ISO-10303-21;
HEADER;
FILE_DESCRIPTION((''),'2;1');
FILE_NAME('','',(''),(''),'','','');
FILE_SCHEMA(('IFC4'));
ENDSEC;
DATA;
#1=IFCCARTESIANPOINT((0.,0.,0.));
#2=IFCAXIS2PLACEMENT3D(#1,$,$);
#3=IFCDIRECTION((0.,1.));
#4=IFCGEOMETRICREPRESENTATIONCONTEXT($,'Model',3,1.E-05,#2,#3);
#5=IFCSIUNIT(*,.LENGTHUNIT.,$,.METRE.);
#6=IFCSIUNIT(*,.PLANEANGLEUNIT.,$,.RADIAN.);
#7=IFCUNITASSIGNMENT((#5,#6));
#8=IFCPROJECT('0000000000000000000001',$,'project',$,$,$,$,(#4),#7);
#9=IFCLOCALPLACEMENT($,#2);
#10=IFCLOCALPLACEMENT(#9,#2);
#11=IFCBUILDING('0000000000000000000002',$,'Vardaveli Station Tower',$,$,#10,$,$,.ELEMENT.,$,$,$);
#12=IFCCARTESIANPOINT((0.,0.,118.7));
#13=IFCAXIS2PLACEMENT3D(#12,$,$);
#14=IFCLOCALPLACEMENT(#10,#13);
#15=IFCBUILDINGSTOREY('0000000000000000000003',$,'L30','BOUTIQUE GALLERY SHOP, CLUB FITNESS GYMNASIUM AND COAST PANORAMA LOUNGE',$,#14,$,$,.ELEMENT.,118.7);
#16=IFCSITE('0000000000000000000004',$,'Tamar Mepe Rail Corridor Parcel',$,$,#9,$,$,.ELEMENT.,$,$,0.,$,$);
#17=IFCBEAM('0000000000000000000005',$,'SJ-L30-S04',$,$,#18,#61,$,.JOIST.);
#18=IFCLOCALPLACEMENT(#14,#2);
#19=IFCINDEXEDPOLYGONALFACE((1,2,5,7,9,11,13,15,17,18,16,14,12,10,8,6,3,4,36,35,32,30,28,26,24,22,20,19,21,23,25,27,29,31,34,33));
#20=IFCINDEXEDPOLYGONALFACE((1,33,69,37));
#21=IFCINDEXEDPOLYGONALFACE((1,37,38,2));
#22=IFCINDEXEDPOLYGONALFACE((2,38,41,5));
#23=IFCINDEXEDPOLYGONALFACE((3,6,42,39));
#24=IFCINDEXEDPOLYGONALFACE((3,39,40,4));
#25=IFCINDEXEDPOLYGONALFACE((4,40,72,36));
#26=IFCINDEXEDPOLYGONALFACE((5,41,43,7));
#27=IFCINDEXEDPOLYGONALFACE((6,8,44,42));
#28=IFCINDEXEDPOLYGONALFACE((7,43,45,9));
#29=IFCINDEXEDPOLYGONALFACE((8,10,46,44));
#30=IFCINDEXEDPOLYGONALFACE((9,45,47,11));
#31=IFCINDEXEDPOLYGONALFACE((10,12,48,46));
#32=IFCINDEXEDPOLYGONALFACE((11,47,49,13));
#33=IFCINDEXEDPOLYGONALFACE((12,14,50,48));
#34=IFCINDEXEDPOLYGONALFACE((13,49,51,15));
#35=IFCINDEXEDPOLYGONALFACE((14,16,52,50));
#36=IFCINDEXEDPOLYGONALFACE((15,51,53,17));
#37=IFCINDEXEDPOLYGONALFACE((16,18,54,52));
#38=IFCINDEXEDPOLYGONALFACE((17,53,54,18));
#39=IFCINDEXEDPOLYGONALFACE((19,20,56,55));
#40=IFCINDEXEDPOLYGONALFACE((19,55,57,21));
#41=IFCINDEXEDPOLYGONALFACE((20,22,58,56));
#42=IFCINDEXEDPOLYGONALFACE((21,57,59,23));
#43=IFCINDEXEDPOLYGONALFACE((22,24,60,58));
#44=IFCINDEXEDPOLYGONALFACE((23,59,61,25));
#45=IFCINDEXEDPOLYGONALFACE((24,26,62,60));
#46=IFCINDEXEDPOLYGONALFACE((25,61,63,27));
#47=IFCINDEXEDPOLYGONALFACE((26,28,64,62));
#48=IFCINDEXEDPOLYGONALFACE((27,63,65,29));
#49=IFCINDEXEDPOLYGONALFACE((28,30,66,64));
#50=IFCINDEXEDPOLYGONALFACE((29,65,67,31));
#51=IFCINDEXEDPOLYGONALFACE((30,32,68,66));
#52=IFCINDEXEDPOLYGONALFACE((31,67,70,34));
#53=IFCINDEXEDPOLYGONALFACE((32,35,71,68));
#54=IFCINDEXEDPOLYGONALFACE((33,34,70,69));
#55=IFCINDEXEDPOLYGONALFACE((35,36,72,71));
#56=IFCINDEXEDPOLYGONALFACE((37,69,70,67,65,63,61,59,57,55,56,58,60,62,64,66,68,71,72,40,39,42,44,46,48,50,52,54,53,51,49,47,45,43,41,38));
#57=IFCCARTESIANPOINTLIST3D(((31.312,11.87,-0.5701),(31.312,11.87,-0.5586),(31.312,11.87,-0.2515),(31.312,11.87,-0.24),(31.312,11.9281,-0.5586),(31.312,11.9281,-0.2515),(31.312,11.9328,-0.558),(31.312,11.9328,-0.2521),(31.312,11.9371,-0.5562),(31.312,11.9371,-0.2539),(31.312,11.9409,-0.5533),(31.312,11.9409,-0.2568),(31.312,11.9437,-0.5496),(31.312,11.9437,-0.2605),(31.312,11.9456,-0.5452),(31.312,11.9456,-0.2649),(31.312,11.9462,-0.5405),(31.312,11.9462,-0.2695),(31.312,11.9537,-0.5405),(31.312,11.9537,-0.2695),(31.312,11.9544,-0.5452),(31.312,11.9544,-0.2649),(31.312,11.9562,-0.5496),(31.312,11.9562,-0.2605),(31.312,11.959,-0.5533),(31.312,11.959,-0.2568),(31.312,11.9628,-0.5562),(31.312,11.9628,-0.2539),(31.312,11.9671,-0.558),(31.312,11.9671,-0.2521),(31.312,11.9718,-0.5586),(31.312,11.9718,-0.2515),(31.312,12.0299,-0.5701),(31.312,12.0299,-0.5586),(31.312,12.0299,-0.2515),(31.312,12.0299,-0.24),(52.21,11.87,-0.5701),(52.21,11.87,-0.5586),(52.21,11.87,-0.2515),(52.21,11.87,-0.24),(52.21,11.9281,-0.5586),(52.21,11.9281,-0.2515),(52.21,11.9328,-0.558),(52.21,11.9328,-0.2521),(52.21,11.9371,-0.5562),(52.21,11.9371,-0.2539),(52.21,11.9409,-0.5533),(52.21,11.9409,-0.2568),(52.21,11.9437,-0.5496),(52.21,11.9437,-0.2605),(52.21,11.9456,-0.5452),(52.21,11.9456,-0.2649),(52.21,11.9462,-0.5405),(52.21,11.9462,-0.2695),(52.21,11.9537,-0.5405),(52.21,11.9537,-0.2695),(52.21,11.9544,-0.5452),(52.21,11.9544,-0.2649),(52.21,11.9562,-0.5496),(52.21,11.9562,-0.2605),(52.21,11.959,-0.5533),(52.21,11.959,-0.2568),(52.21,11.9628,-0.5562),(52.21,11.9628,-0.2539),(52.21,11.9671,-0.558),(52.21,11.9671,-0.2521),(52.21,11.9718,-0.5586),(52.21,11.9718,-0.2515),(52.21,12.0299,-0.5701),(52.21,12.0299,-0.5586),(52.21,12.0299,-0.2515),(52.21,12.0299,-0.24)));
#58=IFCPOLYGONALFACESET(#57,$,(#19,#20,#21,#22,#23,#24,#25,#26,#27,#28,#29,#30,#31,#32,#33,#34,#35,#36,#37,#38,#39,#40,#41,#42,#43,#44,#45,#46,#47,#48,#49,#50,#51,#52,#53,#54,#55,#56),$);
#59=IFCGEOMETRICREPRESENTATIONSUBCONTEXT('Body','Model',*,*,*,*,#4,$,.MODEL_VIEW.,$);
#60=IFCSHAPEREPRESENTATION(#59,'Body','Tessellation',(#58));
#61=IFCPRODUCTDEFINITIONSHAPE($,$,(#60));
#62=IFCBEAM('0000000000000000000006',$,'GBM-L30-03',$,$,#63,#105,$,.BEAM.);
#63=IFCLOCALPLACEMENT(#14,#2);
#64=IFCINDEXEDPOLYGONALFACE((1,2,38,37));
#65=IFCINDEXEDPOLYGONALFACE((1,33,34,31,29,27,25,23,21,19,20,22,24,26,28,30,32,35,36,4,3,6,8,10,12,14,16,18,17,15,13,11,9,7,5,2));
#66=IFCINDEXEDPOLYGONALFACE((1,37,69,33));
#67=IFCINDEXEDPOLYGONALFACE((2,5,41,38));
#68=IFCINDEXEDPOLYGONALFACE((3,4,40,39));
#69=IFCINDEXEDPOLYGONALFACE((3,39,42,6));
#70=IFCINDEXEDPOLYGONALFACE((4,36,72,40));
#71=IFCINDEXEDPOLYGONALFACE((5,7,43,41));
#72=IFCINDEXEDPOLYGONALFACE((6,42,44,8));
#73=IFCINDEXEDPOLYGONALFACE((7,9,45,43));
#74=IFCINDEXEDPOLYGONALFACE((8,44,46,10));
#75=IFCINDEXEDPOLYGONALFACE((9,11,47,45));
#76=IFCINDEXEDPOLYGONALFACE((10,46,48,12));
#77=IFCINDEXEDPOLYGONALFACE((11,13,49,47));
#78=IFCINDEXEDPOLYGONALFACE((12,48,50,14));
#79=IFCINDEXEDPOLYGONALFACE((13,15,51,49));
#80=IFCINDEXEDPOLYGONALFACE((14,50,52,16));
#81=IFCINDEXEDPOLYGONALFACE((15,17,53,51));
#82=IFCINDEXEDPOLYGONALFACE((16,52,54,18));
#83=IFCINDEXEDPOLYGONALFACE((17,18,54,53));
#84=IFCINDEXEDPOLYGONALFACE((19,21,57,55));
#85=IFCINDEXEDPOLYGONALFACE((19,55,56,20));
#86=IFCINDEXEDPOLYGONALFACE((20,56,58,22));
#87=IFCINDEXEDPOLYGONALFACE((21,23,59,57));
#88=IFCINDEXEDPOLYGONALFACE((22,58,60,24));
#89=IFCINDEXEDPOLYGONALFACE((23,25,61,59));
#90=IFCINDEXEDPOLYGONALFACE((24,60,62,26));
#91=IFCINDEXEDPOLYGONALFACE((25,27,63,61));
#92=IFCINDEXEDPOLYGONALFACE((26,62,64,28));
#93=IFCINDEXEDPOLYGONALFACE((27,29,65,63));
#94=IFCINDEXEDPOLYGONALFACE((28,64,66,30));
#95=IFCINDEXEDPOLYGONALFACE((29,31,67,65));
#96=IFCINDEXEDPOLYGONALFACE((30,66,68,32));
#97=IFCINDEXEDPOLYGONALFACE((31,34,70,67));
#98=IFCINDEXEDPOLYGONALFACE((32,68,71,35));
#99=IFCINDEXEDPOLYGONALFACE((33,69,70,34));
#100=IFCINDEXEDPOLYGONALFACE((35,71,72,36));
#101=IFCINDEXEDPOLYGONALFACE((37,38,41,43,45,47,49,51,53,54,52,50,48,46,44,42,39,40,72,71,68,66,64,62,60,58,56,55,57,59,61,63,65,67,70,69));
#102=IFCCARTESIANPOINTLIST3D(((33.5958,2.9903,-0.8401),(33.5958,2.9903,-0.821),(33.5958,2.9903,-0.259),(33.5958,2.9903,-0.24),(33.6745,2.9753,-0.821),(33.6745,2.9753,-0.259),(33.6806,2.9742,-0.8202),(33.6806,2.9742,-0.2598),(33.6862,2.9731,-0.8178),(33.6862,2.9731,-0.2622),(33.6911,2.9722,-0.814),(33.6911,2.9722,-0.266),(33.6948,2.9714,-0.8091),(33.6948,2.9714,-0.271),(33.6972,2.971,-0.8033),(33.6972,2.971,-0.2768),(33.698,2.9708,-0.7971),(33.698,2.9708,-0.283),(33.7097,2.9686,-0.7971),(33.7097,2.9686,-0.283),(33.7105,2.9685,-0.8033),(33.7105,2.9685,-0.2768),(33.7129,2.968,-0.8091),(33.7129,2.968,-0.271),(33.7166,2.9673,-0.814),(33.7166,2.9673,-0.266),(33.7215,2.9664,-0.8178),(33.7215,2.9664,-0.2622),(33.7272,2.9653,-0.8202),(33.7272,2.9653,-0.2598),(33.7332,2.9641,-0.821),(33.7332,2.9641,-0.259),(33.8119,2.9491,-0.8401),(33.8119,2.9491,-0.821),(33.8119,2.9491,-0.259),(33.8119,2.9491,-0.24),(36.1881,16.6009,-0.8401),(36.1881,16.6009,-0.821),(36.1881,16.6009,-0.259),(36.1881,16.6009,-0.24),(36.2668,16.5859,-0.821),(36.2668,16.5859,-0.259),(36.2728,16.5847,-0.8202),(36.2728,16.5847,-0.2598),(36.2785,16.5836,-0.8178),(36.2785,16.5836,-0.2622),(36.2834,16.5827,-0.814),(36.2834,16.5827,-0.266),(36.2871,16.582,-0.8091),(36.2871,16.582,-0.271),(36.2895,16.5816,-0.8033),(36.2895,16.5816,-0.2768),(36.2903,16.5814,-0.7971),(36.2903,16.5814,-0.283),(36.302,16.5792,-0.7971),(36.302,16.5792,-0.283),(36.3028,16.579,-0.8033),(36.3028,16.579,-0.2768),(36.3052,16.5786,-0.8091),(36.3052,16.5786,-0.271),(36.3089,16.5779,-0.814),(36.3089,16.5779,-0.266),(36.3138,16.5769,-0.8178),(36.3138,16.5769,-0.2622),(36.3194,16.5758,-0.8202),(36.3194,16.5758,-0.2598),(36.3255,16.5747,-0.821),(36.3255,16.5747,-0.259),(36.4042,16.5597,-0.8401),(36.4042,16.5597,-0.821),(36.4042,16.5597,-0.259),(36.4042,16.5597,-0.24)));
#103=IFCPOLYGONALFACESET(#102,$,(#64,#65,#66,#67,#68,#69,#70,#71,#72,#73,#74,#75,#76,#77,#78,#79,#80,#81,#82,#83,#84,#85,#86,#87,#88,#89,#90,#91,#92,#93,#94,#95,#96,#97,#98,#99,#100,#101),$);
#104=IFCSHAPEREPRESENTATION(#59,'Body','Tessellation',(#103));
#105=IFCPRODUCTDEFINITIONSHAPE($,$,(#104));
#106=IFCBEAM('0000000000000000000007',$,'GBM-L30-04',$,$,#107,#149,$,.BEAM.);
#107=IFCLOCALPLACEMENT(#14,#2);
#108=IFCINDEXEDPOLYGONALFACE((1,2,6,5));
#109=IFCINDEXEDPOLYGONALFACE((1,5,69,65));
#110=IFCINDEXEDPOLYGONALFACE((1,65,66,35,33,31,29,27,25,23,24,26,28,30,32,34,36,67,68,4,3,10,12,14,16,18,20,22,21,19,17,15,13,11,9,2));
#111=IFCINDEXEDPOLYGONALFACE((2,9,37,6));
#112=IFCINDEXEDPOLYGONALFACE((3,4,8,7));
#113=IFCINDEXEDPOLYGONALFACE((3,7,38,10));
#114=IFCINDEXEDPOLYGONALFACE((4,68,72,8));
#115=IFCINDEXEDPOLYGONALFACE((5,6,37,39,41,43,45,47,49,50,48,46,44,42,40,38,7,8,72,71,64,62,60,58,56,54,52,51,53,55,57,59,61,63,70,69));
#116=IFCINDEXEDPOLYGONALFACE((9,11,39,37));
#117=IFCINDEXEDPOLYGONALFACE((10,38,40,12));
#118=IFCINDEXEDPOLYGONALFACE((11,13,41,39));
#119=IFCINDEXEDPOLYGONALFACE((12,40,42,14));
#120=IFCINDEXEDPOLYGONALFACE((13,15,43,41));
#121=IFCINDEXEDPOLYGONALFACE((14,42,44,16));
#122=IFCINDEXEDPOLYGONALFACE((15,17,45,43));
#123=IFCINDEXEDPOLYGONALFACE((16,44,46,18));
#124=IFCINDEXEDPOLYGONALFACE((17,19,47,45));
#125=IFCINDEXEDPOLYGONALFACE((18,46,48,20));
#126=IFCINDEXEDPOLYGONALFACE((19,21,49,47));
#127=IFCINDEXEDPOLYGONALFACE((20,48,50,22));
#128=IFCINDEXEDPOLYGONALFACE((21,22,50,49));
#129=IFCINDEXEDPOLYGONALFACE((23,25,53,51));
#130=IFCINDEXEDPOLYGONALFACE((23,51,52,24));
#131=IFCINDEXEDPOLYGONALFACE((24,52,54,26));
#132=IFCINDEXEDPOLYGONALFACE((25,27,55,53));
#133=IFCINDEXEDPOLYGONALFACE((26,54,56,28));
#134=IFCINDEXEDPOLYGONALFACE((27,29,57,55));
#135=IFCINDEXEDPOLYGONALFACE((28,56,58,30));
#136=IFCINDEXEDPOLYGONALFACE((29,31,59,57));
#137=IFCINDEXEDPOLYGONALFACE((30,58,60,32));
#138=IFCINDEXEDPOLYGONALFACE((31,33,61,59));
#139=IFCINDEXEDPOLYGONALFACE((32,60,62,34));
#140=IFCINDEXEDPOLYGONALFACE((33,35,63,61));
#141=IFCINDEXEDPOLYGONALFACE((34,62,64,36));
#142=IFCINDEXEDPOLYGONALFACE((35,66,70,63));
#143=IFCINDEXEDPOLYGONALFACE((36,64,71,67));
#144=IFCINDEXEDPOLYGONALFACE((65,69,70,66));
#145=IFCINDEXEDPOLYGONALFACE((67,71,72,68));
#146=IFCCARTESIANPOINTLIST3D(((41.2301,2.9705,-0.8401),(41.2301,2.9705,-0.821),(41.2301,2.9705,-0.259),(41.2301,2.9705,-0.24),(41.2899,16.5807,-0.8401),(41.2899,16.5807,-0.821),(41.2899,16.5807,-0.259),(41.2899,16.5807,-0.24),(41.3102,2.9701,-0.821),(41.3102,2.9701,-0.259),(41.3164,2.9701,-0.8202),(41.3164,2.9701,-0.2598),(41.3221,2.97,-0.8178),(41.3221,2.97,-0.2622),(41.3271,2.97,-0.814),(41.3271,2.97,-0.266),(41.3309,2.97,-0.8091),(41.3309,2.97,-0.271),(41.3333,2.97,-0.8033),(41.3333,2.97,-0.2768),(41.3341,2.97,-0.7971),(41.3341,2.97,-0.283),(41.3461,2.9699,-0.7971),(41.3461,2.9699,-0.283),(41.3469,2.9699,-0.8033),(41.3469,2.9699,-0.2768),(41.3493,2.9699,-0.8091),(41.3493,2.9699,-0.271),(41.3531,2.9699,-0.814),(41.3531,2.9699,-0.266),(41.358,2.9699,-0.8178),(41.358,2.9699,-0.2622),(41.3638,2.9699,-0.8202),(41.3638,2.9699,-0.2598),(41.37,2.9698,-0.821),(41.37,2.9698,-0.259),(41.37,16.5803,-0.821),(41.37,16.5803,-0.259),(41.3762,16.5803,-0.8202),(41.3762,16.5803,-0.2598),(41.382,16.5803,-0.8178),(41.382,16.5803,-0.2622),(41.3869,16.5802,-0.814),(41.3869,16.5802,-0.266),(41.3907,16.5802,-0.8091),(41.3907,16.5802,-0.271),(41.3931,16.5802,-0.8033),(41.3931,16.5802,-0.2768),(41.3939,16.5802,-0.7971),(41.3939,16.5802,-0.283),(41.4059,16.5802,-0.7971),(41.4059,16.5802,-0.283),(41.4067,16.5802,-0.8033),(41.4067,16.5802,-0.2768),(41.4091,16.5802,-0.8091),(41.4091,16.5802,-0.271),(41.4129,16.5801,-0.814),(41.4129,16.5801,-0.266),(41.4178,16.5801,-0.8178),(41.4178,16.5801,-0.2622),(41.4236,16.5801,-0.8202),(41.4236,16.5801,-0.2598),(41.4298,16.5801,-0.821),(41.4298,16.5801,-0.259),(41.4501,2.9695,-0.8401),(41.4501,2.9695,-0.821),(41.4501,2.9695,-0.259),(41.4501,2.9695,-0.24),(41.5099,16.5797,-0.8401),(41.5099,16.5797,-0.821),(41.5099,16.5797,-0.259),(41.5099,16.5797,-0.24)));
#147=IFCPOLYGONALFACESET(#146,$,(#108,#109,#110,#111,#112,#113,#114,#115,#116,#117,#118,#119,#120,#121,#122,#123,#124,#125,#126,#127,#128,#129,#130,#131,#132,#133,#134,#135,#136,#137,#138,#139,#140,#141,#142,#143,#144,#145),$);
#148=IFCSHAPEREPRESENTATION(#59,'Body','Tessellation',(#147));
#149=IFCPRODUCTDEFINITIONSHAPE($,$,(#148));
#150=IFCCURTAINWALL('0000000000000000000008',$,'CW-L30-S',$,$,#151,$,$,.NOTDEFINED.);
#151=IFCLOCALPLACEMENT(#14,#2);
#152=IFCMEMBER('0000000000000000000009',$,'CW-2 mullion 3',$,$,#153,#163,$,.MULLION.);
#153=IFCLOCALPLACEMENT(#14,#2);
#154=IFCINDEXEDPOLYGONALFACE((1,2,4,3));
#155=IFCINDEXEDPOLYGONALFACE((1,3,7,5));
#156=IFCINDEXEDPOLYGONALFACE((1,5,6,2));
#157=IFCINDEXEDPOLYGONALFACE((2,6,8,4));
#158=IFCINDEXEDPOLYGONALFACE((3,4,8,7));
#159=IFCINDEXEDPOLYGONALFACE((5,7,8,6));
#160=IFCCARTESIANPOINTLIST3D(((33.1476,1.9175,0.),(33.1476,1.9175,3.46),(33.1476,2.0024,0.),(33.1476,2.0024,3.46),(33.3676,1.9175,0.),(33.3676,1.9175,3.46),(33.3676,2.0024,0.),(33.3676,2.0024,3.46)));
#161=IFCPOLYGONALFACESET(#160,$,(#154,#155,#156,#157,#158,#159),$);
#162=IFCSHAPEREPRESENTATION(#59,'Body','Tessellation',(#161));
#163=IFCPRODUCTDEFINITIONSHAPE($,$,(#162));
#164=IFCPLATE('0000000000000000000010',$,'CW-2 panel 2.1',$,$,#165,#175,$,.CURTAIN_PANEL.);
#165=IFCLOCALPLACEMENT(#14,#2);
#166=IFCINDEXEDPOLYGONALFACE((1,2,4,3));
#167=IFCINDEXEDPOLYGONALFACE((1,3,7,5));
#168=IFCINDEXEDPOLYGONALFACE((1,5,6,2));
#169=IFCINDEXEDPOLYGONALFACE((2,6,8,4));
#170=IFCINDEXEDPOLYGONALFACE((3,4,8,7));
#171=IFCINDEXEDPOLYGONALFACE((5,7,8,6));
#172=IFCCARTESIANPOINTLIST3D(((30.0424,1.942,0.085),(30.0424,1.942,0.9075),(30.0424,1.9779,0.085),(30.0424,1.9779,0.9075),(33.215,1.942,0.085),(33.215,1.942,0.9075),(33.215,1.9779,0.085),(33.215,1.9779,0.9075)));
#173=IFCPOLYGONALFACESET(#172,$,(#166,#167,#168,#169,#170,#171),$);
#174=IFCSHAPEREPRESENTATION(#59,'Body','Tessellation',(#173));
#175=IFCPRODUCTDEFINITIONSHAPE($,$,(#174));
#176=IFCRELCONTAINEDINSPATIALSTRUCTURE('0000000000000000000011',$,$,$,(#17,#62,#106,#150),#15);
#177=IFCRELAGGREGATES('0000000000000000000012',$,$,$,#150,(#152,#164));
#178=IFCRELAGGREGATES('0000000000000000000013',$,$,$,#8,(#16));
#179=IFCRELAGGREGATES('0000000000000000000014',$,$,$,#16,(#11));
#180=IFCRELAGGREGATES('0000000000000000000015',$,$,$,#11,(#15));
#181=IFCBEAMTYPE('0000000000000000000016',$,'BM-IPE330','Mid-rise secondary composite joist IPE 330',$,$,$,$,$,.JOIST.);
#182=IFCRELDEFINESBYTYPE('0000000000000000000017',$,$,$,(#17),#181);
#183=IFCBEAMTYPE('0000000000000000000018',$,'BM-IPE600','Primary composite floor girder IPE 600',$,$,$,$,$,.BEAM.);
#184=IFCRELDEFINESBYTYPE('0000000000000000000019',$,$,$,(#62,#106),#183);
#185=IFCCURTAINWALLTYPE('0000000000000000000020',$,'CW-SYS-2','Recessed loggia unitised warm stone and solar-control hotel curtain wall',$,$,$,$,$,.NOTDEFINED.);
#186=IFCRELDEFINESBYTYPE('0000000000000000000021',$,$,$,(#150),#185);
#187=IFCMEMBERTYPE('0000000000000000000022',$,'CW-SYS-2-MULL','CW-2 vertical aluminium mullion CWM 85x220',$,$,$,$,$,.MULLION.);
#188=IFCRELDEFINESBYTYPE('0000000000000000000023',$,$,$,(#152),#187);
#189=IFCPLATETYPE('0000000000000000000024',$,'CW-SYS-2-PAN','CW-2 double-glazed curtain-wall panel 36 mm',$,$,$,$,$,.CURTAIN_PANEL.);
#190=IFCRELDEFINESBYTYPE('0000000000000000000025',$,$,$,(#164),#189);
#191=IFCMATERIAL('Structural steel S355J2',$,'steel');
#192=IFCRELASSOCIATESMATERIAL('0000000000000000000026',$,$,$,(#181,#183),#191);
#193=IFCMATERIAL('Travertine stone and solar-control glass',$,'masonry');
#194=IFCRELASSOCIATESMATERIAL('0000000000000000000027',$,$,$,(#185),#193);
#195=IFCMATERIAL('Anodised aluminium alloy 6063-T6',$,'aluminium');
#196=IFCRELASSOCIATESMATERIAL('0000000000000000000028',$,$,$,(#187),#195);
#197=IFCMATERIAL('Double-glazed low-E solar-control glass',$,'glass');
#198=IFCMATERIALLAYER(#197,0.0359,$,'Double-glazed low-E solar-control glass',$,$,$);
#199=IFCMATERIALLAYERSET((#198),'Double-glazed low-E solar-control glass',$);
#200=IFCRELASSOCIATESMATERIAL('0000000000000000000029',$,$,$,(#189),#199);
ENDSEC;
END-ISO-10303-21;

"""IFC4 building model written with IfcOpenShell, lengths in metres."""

from ifc_helpers import new_model, si_unit, direction, frame, origin, origin_2d, place, context, subcontext, project, spatial, rectangle, i_section, extrude, source, transform, mapped, material, layer, layer_set, material_profile, profile_set, type_object, element, aggregate, save


model = new_model("IFC4")

# Units and contexts
model_context = context("Model", 3, precision=1e-05, world=origin(), true_north=direction((0.0, 1.0)))
body_context = subcontext(model_context, "Body", "Model", "MODEL_VIEW")
ifc_project = project(units=[si_unit("LENGTHUNIT", "METRE"), si_unit("PLANEANGLEUNIT", "RADIAN")], contexts=[model_context])

# Site, building, storey
site_placement = place(None, origin())
site = spatial("IfcSite", under=ifc_project, at=site_placement, Name="Tamar Mepe Rail Corridor Parcel", CompositionType="ELEMENT", RefElevation=0.0)
building_placement = place(site_placement, origin())
building = spatial("IfcBuilding", under=site, at=building_placement, Name="Vardaveli Station Tower", CompositionType="ELEMENT")
storey_placement = place(building_placement, frame((0.0, 0.0, 118.7)))
storey = spatial("IfcBuildingStorey", under=building, at=storey_placement, Name="L30", Description="BOUTIQUE GALLERY SHOP, CLUB FITNESS GYMNASIUM AND COAST PANORAMA LOUNGE", CompositionType="ELEMENT", Elevation=118.7)

# Beams
ifc_material_1 = material(Name="Structural steel S355J2", Category="steel")
ifc_material_profile_1 = material_profile(ifc_material_1, i_section(OverallWidth=0.1599, OverallDepth=0.3301, WebThickness=0.0076, FlangeThickness=0.0115, FilletRadius=0.0181, at=origin_2d()), Name="IPE 330")
ifc_profile_set_1 = profile_set([ifc_material_profile_1], Name="Structural steel S355J2")
beam_type_1 = type_object("IfcBeamType", Name="BM-IPE330", Description="Mid-rise secondary composite joist IPE 330", PredefinedType="JOIST", material=ifc_profile_set_1)
shared_shape_1 = source(origin(), body_context, "Body", "SweptSolid", [
    extrude(i_section(OverallWidth=0.1599, OverallDepth=0.3301, WebThickness=0.0076, FlangeThickness=0.0115, FilletRadius=0.0181, at=origin_2d()), origin(), (0.0, 0.0, 1.0), 20.8979),
])
for number, where, z_axis, x_axis, name in (
    (1, (31.312, 11.95, -0.405), (1.0, 0.0, 0.0), (0.0, 1.0, 0.0), "SJ-L30-S04"),
):
    element("IfcBeam", number, at=place(storey_placement, frame(where, z_axis=z_axis, x_axis=x_axis)), inside=storey, type_object=beam_type_1, Name=name, PredefinedType="JOIST", context=body_context, shape_type="MappedRepresentation", body=[
        mapped(shared_shape_1, transform((0.0, 0.0, 0.0), scale=1.0)),
    ])
ifc_material_profile_2 = material_profile(ifc_material_1, i_section(OverallWidth=0.22, OverallDepth=0.6001, WebThickness=0.012, FlangeThickness=0.019, FilletRadius=0.0239, at=origin_2d()), Name="IPE 600")
ifc_profile_set_2 = profile_set([ifc_material_profile_2], Name="Structural steel S355J2")
beam_type_2 = type_object("IfcBeamType", Name="BM-IPE600", Description="Primary composite floor girder IPE 600", PredefinedType="BEAM", material=ifc_profile_set_2)
shared_shape_2 = source(origin(), body_context, "Body", "SweptSolid", [
    extrude(i_section(OverallWidth=0.22, OverallDepth=0.6001, WebThickness=0.012, FlangeThickness=0.019, FilletRadius=0.0239, at=origin_2d()), origin(), (0.0, 0.0, 1.0), 13.8552),
])
beam_1_placement = place(storey_placement, frame((33.7039, 2.9697, -0.54), z_axis=(0.187098, 0.982341, 0.0), x_axis=(-0.982341, 0.187098, 0.0)))
element("IfcBeam", 2, at=beam_1_placement, inside=storey, type_object=beam_type_2, Name="GBM-L30-03", PredefinedType="BEAM", context=body_context, shape_type="MappedRepresentation", body=[
    mapped(shared_shape_2, transform((0.0, 0.0, 0.0), scale=1.0)),
])
shared_shape_3 = source(origin(), body_context, "Body", "SweptSolid", [
    extrude(i_section(OverallWidth=0.22, OverallDepth=0.6001, WebThickness=0.012, FlangeThickness=0.019, FilletRadius=0.0239, at=origin_2d()), origin(), (0.0, 0.0, 1.0), 13.6104),
])
beam_2_placement = place(storey_placement, frame((41.3401, 2.97, -0.54), z_axis=(0.004395, 0.99999, 0.0), x_axis=(-0.99999, 0.004395, 0.0)))
element("IfcBeam", 3, at=beam_2_placement, inside=storey, type_object=beam_type_2, Name="GBM-L30-04", PredefinedType="BEAM", context=body_context, shape_type="MappedRepresentation", body=[
    mapped(shared_shape_3, transform((0.0, 0.0, 0.0), scale=1.0)),
])

# Curtain wall, member, plate
ifc_material_2 = material(Name="Travertine stone and solar-control glass", Category="masonry")
curtain_wall_type = type_object("IfcCurtainWallType", Name="CW-SYS-2", Description="Recessed loggia unitised warm stone and solar-control hotel curtain wall", PredefinedType="NOTDEFINED", material=ifc_material_2)
curtain_wall_placement = place(storey_placement, origin())
curtain_wall = element("IfcCurtainWall", 4, at=curtain_wall_placement, inside=storey, type_object=curtain_wall_type, Name="CW-L30-S", PredefinedType="NOTDEFINED")
ifc_material_3 = material(Name="Anodised aluminium alloy 6063-T6", Category="aluminium")
ifc_material_profile_3 = material_profile(ifc_material_3, rectangle(XDim=0.085, YDim=0.22, at=origin_2d()), Name="CWM 85x220")
ifc_profile_set_3 = profile_set([ifc_material_profile_3], Name="Anodised aluminium alloy 6063-T6")
member_type = type_object("IfcMemberType", Name="CW-SYS-2-MULL", Description="CW-2 vertical aluminium mullion CWM 85x220", PredefinedType="MULLION", material=ifc_profile_set_3)
shared_shape_4 = source(origin(), body_context, "Body", "SweptSolid", [
    extrude(rectangle(XDim=0.085, YDim=0.22, at=origin_2d()), origin(), (0.0, 0.0, 1.0), 3.46),
])
member_placement = place(storey_placement, frame((33.2576, 1.96, 0.0), z_axis=(0.0, 0.0, 1.0), x_axis=(0.0, 1.0, 0.0)))
member = element("IfcMember", 5, at=member_placement, type_object=member_type, Name="CW-2 mullion 3", PredefinedType="MULLION", context=body_context, shape_type="MappedRepresentation", body=[
    mapped(shared_shape_4, transform((0.0, 0.0, 0.0), scale=1.0)),
])
ifc_material_4 = material(Name="Double-glazed low-E solar-control glass", Category="glass")
ifc_layer_1 = layer(ifc_material_4, 0.0359, Name="Double-glazed low-E solar-control glass")
ifc_layer_set_1 = layer_set([ifc_layer_1], Name="Double-glazed low-E solar-control glass")
plate_type = type_object("IfcPlateType", Name="CW-SYS-2-PAN", Description="CW-2 double-glazed curtain-wall panel 36 mm", PredefinedType="CURTAIN_PANEL", material=ifc_layer_set_1)
shared_shape_5 = source(origin(), body_context, "Body", "SweptSolid", [
    extrude(rectangle(XDim=3.1726, YDim=0.0359, at=origin_2d()), origin(), (0.0, 0.0, 1.0), 0.8225),
])
plate_1_placement = place(storey_placement, frame((31.6287, 1.96, 0.085), z_axis=(0.0, 0.0, 1.0), x_axis=(1.0, 0.0, 0.0)))
plate_1 = element("IfcPlate", 6, at=plate_1_placement, type_object=plate_type, Name="CW-2 panel 2.1", PredefinedType="CURTAIN_PANEL", context=body_context, shape_type="MappedRepresentation", body=[
    mapped(shared_shape_5, transform((0.0, 0.0, 0.0), scale=1.0)),
])
aggregate(curtain_wall, [member, plate_1])

save(model, "model.ifc")
